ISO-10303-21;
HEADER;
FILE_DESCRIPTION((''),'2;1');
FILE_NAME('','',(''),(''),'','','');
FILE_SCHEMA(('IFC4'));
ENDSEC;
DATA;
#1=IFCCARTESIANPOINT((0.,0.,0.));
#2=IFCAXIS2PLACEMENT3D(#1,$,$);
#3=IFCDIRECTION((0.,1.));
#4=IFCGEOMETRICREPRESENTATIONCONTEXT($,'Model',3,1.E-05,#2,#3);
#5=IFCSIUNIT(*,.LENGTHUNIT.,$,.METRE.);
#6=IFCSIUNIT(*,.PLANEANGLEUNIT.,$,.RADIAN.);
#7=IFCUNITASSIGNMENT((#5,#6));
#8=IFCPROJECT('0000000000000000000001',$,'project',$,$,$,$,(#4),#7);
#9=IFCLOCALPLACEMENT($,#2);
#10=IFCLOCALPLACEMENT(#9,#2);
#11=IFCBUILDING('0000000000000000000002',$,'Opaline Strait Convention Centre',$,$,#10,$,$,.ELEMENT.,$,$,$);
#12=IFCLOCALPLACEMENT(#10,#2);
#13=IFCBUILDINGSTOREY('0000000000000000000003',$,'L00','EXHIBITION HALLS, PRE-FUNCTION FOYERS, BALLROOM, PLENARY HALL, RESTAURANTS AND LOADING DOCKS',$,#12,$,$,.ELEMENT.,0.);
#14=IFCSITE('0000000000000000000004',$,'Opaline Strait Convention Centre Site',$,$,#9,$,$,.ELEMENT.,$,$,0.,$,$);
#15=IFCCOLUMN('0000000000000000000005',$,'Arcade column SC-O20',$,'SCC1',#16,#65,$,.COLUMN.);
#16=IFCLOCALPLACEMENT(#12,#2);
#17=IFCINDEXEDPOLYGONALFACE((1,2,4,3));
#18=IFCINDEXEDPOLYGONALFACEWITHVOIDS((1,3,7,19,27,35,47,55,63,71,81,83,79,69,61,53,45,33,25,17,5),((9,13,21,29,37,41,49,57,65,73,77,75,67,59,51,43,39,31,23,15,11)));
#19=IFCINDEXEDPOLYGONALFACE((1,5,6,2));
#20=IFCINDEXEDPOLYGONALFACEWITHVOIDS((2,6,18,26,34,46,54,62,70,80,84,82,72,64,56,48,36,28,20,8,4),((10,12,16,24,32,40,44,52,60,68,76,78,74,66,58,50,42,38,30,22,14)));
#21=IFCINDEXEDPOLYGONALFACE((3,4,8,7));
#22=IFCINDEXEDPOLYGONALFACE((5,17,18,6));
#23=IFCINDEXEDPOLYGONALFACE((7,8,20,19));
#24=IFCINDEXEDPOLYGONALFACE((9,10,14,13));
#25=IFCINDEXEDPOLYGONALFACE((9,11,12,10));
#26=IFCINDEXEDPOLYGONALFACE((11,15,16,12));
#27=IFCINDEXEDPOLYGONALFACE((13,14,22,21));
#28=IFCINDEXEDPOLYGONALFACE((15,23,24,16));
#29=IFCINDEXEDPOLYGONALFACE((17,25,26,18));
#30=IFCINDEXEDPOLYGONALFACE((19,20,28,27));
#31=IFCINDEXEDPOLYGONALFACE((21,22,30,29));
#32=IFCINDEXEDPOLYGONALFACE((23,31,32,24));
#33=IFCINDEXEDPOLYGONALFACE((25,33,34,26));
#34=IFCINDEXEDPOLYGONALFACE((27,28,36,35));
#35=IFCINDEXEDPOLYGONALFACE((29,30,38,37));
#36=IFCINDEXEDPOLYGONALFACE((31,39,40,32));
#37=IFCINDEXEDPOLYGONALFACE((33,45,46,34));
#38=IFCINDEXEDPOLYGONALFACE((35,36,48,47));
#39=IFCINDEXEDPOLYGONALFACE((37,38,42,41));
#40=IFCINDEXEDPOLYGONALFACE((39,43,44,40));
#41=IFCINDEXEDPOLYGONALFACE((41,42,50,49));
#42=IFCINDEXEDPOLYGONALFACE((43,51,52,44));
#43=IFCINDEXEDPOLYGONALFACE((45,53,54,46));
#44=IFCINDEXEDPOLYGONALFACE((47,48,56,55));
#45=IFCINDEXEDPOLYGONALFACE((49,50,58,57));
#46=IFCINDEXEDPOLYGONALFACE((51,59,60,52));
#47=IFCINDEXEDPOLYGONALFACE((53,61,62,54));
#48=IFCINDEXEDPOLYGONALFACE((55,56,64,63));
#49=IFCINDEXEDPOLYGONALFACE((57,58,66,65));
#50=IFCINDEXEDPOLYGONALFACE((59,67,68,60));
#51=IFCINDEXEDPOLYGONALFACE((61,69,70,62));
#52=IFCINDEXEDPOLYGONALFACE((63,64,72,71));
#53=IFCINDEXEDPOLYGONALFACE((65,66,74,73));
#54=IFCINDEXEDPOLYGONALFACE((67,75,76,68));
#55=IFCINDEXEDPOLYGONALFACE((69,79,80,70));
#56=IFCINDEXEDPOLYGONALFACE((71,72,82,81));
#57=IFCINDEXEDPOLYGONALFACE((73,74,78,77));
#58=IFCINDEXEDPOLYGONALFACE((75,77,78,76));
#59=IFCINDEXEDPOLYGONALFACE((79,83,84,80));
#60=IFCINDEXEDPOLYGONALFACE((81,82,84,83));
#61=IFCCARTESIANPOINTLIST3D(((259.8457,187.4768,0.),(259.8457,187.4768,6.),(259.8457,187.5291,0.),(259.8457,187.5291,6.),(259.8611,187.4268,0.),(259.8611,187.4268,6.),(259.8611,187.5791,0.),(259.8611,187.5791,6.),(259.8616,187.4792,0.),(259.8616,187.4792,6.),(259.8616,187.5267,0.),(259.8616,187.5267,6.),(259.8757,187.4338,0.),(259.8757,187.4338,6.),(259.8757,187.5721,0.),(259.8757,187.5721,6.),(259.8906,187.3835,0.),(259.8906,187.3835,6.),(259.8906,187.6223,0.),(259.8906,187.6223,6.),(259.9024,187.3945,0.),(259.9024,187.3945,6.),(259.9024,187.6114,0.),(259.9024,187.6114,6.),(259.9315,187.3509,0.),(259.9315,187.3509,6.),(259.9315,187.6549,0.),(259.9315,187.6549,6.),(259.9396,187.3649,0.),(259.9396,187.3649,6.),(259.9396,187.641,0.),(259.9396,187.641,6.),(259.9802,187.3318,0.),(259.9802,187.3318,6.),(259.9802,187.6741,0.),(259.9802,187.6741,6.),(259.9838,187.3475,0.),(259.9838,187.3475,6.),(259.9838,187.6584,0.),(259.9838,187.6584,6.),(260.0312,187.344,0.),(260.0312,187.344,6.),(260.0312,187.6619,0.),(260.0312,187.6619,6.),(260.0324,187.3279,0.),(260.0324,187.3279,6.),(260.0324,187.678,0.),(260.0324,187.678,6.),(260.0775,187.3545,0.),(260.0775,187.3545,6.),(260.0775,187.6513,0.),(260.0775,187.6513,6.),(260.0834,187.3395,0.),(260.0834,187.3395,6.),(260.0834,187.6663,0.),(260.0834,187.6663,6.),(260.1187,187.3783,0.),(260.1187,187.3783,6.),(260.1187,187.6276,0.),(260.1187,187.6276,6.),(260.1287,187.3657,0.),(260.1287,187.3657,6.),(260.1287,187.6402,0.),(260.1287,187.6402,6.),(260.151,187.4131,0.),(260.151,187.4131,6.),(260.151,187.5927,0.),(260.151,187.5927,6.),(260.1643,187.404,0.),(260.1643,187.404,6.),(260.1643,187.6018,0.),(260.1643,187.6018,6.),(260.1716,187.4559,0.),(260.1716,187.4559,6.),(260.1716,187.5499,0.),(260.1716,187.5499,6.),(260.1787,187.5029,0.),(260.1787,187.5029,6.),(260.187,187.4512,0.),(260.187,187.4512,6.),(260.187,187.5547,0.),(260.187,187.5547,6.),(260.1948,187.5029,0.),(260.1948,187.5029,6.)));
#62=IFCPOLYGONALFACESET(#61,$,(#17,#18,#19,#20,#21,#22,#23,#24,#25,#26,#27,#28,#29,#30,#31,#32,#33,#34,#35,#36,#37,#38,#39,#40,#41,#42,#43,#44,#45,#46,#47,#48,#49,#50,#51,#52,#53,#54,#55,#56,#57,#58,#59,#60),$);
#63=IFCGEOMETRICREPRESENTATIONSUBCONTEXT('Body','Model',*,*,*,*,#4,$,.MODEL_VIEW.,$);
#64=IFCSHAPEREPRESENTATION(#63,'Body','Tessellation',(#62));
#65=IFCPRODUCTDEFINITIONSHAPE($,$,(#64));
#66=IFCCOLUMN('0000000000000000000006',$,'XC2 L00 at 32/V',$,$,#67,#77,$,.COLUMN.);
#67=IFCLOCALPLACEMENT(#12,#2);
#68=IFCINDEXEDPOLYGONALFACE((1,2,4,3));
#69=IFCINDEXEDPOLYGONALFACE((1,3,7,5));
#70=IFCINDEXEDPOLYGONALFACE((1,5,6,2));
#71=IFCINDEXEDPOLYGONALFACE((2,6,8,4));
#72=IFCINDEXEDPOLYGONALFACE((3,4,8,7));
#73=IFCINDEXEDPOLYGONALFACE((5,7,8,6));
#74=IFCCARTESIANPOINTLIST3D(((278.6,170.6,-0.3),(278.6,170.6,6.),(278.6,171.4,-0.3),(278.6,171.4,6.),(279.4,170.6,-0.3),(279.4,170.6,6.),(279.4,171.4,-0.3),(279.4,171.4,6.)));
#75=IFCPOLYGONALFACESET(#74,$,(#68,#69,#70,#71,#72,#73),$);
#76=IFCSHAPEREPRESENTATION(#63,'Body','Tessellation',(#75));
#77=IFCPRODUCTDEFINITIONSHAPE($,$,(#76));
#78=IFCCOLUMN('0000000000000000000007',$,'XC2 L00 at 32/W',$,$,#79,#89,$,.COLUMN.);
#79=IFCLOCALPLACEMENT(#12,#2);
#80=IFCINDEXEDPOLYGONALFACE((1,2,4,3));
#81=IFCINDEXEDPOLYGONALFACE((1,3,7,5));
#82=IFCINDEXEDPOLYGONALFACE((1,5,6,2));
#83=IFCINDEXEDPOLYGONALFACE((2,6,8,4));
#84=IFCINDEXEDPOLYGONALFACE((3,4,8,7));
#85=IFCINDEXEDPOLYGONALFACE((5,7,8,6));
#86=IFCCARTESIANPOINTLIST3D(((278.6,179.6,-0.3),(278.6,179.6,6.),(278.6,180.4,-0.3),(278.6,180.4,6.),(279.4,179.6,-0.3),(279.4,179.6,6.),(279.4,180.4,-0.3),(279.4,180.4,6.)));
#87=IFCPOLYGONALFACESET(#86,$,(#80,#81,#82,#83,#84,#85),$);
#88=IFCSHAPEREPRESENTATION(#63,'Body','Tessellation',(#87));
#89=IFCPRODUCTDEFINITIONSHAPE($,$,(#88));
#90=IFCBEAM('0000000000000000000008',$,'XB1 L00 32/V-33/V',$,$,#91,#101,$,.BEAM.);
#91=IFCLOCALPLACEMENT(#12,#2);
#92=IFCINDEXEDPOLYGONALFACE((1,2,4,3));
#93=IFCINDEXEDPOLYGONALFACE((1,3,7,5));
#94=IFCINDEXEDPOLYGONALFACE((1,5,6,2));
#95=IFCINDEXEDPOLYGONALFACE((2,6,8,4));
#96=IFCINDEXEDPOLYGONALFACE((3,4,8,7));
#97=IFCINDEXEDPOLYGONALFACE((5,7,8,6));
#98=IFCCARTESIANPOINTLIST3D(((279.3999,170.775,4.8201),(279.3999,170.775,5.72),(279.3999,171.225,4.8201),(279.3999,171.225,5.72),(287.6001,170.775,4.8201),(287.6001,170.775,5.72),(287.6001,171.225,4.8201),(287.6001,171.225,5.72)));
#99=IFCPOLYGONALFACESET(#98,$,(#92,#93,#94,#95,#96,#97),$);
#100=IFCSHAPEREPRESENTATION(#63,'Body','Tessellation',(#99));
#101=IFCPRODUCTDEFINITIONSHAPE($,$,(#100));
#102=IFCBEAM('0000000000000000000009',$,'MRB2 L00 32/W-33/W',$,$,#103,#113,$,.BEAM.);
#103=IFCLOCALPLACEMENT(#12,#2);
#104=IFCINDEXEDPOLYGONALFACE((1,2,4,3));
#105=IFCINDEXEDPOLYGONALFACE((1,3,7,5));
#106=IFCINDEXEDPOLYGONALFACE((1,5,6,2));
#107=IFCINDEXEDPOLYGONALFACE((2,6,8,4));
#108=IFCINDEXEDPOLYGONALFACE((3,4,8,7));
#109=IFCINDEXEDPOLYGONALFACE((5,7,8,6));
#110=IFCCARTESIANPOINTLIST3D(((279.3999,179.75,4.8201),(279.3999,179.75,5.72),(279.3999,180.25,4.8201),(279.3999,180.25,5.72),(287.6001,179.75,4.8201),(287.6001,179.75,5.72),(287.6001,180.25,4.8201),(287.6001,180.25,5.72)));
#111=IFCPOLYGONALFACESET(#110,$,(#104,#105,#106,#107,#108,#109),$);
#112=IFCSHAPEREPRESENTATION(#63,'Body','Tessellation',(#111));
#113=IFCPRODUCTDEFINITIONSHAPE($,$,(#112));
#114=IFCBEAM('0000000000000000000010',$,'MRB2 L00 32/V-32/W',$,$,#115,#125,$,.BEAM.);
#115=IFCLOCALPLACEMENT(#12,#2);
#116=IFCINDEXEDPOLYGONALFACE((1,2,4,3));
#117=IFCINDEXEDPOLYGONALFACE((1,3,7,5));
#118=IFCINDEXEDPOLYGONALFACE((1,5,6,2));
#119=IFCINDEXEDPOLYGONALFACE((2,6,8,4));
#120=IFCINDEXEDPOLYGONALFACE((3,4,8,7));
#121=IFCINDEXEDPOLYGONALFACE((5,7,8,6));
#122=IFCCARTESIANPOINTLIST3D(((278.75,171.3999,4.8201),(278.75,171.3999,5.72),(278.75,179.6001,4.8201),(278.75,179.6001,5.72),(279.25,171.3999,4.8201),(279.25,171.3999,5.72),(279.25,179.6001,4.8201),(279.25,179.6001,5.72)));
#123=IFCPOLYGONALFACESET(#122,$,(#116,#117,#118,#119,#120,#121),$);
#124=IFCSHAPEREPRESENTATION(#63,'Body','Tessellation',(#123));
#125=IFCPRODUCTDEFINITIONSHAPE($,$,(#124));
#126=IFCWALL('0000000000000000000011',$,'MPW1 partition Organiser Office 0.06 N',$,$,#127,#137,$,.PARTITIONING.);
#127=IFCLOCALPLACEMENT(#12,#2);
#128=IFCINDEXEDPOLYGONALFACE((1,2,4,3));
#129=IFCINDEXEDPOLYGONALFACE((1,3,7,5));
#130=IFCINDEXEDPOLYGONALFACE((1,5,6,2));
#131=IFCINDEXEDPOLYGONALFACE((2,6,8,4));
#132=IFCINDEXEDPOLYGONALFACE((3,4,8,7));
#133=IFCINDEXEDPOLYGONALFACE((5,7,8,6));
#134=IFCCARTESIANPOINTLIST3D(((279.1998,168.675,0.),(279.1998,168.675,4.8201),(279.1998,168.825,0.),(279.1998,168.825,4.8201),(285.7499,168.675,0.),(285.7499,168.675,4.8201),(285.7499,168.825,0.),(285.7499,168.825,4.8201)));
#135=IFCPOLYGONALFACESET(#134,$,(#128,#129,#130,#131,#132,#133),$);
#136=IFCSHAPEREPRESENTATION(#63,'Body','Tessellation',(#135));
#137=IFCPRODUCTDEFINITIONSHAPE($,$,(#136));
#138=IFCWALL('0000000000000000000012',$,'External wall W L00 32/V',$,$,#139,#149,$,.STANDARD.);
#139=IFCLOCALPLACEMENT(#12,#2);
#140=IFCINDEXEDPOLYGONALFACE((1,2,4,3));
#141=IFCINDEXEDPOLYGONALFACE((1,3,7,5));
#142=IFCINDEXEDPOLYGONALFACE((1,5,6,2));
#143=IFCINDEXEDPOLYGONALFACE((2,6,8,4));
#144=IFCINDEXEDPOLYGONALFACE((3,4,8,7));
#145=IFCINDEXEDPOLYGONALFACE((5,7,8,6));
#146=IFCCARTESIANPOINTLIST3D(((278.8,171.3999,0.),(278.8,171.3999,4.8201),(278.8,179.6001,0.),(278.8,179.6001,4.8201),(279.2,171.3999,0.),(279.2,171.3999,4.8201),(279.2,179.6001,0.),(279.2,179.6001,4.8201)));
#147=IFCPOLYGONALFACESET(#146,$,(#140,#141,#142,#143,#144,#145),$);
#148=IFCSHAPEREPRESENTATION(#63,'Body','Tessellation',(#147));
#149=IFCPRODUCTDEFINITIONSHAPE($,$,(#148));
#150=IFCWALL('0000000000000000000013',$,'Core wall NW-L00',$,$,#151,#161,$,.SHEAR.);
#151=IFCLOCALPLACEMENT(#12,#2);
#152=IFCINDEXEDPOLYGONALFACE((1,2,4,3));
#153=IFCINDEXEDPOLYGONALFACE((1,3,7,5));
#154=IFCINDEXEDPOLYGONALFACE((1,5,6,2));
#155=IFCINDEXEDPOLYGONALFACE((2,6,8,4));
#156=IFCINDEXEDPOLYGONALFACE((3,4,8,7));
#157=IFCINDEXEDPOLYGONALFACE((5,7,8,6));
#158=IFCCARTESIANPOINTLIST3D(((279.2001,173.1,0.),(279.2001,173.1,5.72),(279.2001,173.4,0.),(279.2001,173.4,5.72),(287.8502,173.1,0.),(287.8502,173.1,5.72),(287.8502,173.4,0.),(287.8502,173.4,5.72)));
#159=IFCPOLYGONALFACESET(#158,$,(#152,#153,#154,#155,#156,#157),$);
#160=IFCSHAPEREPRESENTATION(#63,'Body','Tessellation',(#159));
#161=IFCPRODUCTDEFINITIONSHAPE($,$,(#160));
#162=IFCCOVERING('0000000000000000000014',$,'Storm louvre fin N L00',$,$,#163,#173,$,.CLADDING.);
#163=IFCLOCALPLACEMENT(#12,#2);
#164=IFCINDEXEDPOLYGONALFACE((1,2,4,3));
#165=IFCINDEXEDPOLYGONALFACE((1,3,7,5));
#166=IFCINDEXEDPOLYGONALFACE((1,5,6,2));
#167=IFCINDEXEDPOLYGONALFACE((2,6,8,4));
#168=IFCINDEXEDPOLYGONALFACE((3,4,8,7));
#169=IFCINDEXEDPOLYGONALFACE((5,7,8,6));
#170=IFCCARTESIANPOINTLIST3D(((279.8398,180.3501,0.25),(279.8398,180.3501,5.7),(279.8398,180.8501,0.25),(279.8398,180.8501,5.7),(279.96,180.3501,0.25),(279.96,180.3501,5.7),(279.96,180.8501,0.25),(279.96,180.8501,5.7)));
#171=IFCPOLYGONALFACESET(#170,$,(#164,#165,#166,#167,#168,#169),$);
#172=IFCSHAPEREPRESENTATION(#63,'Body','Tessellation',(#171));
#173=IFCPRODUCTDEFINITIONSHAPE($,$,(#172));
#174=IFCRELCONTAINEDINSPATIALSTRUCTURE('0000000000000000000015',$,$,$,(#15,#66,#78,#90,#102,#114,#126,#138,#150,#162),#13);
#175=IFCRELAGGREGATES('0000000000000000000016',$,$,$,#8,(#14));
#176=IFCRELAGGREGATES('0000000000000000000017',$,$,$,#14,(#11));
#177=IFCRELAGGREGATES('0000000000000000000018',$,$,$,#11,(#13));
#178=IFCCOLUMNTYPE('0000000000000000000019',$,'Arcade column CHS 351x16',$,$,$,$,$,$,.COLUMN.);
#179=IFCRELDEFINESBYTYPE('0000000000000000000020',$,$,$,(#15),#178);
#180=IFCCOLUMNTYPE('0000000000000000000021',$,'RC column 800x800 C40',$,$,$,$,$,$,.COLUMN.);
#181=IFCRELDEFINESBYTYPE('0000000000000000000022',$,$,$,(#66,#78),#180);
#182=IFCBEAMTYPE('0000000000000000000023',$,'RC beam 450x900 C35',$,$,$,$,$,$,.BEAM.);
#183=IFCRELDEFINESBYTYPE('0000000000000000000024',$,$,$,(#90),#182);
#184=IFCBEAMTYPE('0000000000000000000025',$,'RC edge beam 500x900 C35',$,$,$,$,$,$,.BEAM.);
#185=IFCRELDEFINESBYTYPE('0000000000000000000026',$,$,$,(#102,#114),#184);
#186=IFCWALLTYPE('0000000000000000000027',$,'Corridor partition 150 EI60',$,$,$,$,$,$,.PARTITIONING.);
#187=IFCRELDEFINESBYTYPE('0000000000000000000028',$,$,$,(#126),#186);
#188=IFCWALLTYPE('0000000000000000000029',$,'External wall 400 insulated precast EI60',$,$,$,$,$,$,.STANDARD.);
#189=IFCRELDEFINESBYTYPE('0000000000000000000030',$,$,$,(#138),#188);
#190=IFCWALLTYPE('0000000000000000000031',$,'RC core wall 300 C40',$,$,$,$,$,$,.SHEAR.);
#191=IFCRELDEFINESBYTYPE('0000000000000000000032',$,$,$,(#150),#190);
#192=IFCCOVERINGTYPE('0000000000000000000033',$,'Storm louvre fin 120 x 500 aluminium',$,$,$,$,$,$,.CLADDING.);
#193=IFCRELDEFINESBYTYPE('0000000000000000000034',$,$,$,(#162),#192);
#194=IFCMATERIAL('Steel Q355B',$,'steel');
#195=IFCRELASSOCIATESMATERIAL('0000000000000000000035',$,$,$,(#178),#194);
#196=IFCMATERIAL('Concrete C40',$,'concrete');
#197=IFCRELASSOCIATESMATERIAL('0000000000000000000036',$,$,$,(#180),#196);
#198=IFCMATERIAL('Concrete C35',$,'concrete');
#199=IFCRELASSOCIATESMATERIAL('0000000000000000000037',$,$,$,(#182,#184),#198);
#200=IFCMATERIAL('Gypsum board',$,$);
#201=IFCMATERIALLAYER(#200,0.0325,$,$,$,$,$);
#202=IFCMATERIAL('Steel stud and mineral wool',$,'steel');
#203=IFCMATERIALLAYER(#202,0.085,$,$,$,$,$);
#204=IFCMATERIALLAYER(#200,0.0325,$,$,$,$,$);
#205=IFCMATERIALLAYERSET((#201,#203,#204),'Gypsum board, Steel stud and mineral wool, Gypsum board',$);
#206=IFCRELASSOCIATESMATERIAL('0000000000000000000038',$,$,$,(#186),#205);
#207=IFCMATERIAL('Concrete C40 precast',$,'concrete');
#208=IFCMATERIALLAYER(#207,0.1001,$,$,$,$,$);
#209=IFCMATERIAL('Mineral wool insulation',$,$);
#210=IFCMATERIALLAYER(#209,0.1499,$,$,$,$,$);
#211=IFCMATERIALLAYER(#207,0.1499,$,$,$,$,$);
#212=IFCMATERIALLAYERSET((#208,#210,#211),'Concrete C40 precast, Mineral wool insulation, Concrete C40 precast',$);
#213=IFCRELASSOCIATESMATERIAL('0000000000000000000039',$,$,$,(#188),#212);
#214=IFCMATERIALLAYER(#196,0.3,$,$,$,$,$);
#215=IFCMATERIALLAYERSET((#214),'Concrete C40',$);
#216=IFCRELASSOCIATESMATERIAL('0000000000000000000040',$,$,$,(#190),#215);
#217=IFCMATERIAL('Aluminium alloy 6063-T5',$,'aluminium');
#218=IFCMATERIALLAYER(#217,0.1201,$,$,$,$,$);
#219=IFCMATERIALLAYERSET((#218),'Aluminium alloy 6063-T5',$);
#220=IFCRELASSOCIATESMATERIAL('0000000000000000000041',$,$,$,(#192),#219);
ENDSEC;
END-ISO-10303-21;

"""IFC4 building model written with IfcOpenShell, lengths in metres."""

from ifc_helpers import new_model, si_unit, direction, frame, frame_2d, origin, origin_2d, place, context, subcontext, project, spatial, rectangle, hollow_circle, extrude, material, layer, layer_set, material_profile, profile_set, type_object, element, save


model = new_model("IFC4")

# Units and contexts
model_context = context("Model", 3, precision=1e-05, world=origin(), true_north=direction((0.0, 1.0)))
body_context = subcontext(model_context, "Body", "Model", "MODEL_VIEW")
ifc_project = project(units=[si_unit("LENGTHUNIT", "METRE"), si_unit("PLANEANGLEUNIT", "RADIAN")], contexts=[model_context])

# Site, building, storey
site_placement = place(None, origin())
site = spatial("IfcSite", under=ifc_project, at=site_placement, Name="Opaline Strait Convention Centre Site", CompositionType="ELEMENT", RefElevation=0.0)
building_placement = place(site_placement, origin())
building = spatial("IfcBuilding", under=site, at=building_placement, Name="Opaline Strait Convention Centre", CompositionType="ELEMENT")
storey_placement = place(building_placement, origin())
storey = spatial("IfcBuildingStorey", under=building, at=storey_placement, Name="L00", Description="EXHIBITION HALLS, PRE-FUNCTION FOYERS, BALLROOM, PLENARY HALL, RESTAURANTS AND LOADING DOCKS", CompositionType="ELEMENT", Elevation=0.0)

# Shared definitions
ifc_material_1 = material(Name="Concrete C35", Category="concrete")

# Columns
ifc_material_2 = material(Name="Steel Q355B", Category="steel")
ifc_material_profile_1 = material_profile(ifc_material_2, hollow_circle(Radius=0.1755, WallThickness=0.0161, at=origin_2d()), Name="CHS 351x16")
ifc_profile_set_1 = profile_set([ifc_material_profile_1], Name="Steel Q355B")
column_type_1 = type_object("IfcColumnType", Name="Arcade column CHS 351x16", PredefinedType="COLUMN", material=ifc_profile_set_1)
for number, where, z_axis, x_axis, name in (
    (1, (260.0193, 187.5029, 0.0), (0.0, 0.0, 1.0), (1.0, 0.0, 0.0), "Arcade column SC-O20"),
):
    element("IfcColumn", number, at=place(storey_placement, frame(where, z_axis=z_axis, x_axis=x_axis)), inside=storey, type_object=column_type_1, Name=name, ObjectType="SCC1", PredefinedType="COLUMN", context=body_context, shape_type="SweptSolid", body=[
        extrude(hollow_circle(Radius=0.1755, WallThickness=0.0161, at=origin_2d()), origin(), (0.0, 0.0, 1.0), 6.0),
    ])
ifc_material_3 = material(Name="Concrete C40", Category="concrete")
ifc_material_profile_2 = material_profile(ifc_material_3, rectangle(XDim=0.8, YDim=0.8, at=origin_2d()), Name="RC 800x800")
ifc_profile_set_2 = profile_set([ifc_material_profile_2], Name="Concrete C40")
column_type_2 = type_object("IfcColumnType", Name="RC column 800x800 C40", PredefinedType="COLUMN", material=ifc_profile_set_2)
for number, where, z_axis, x_axis, name in (
    (2, (279.0, 171.0, -0.3), (0.0, 0.0, 1.0), (1.0, 0.0, 0.0), "XC2 L00 at 32/V"),
    (3, (279.0, 180.0, -0.3), (0.0, 0.0, 1.0), (1.0, 0.0, 0.0), "XC2 L00 at 32/W"),
):
    element("IfcColumn", number, at=place(storey_placement, frame(where, z_axis=z_axis, x_axis=x_axis)), inside=storey, type_object=column_type_2, Name=name, PredefinedType="COLUMN", context=body_context, shape_type="SweptSolid", body=[
        extrude(rectangle(XDim=0.8, YDim=0.8, at=origin_2d()), origin(), (0.0, 0.0, 1.0), 6.3),
    ])

# Beams
ifc_material_profile_3 = material_profile(ifc_material_1, rectangle(XDim=0.45, YDim=0.8999, at=origin_2d()), Name="RC 450x900")
ifc_profile_set_3 = profile_set([ifc_material_profile_3], Name="Concrete C35")
beam_type_1 = type_object("IfcBeamType", Name="RC beam 450x900 C35", PredefinedType="BEAM", material=ifc_profile_set_3)
beam_placement = place(storey_placement, frame((279.3999, 171.0, 5.27), z_axis=(1.0, 0.0, 0.0), x_axis=(0.0, 1.0, 0.0)))
element("IfcBeam", 4, at=beam_placement, inside=storey, type_object=beam_type_1, Name="XB1 L00 32/V-33/V", PredefinedType="BEAM", context=body_context, shape_type="SweptSolid", body=[
    extrude(rectangle(XDim=0.45, YDim=0.8999, at=origin_2d()), origin(), (0.0, 0.0, 1.0), 8.2002),
])
ifc_material_profile_4 = material_profile(ifc_material_1, rectangle(XDim=0.5, YDim=0.8999, at=origin_2d()), Name="RC 500x900")
ifc_profile_set_4 = profile_set([ifc_material_profile_4], Name="Concrete C35")
beam_type_2 = type_object("IfcBeamType", Name="RC edge beam 500x900 C35", PredefinedType="BEAM", material=ifc_profile_set_4)
for number, where, z_axis, x_axis, name in (
    (5, (279.3999, 180.0, 5.27), (1.0, 0.0, 0.0), (0.0, 1.0, 0.0), "MRB2 L00 32/W-33/W"),
    (6, (279.0, 171.3999, 5.27), (0.0, 1.0, 0.0), (-1.0, 0.0, 0.0), "MRB2 L00 32/V-32/W"),
):
    element("IfcBeam", number, at=place(storey_placement, frame(where, z_axis=z_axis, x_axis=x_axis)), inside=storey, type_object=beam_type_2, Name=name, PredefinedType="BEAM", context=body_context, shape_type="SweptSolid", body=[
        extrude(rectangle(XDim=0.5, YDim=0.8999, at=origin_2d()), origin(), (0.0, 0.0, 1.0), 8.2002),
    ])

# Wall
ifc_material_4 = material(Name="Gypsum board")
ifc_layer_1 = layer(ifc_material_4, 0.0325)
ifc_material_5 = material(Name="Steel stud and mineral wool", Category="steel")
ifc_layer_2 = layer(ifc_material_5, 0.085)
ifc_layer_3 = layer(ifc_material_4, 0.0325)
ifc_layer_set_1 = layer_set([ifc_layer_1, ifc_layer_2, ifc_layer_3], Name="Gypsum board, Steel stud and mineral wool, Gypsum board")
wall_type_1 = type_object("IfcWallType", Name="Corridor partition 150 EI60", PredefinedType="PARTITIONING", material=ifc_layer_set_1)
wall_1_placement = place(storey_placement, frame((279.2, 168.75, 0.0), z_axis=(0.0, 0.0, 1.0), x_axis=(1.0, 0.0, 0.0)))
element("IfcWall", 7, at=wall_1_placement, inside=storey, type_object=wall_type_1, Name="MPW1 partition Organiser Office 0.06 N", PredefinedType="PARTITIONING", context=body_context, shape_type="SweptSolid", body=[
    extrude(rectangle(XDim=6.55, YDim=0.1499, at=frame_2d((3.2749, 0.0))), origin(), (0.0, 0.0, 1.0), 4.8201),
])

# Shared definitions
ifc_material_6 = material(Name="Concrete C40 precast", Category="concrete")
ifc_layer_4 = layer(ifc_material_6, 0.1001)
ifc_material_7 = material(Name="Mineral wool insulation")
ifc_layer_5 = layer(ifc_material_7, 0.1499)
ifc_layer_6 = layer(ifc_material_6, 0.1499)
ifc_layer_set_2 = layer_set([ifc_layer_4, ifc_layer_5, ifc_layer_6], Name="Concrete C40 precast, Mineral wool insulation, Concrete C40 precast")
wall_type_2 = type_object("IfcWallType", Name="External wall 400 insulated precast EI60", PredefinedType="STANDARD", material=ifc_layer_set_2)

# Walls
wall_2_placement = place(storey_placement, frame((279.0, 171.3999, 0.0), z_axis=(0.0, 0.0, 1.0), x_axis=(0.0, 1.0, 0.0)))
element("IfcWall", 8, at=wall_2_placement, inside=storey, type_object=wall_type_2, Name="External wall W L00 32/V", PredefinedType="STANDARD", context=body_context, shape_type="SweptSolid", body=[
    extrude(rectangle(XDim=8.2002, YDim=0.3999, at=frame_2d((4.1001, 0.0))), origin(), (0.0, 0.0, 1.0), 4.8201),
])
ifc_layer_7 = layer(ifc_material_3, 0.3)
ifc_layer_set_3 = layer_set([ifc_layer_7], Name="Concrete C40")
wall_type_3 = type_object("IfcWallType", Name="RC core wall 300 C40", PredefinedType="SHEAR", material=ifc_layer_set_3)
wall_3_placement = place(storey_placement, frame((279.2, 173.25, 0.0), z_axis=(0.0, 0.0, 1.0), x_axis=(1.0, 0.0, 0.0)))
element("IfcWall", 9, at=wall_3_placement, inside=storey, type_object=wall_type_3, Name="Core wall NW-L00", PredefinedType="SHEAR", context=body_context, shape_type="SweptSolid", body=[
    extrude(rectangle(XDim=8.6501, YDim=0.3, at=frame_2d((4.3252, 0.0))), origin(), (0.0, 0.0, 1.0), 5.72),
])

# Covering
ifc_material_8 = material(Name="Aluminium alloy 6063-T5", Category="aluminium")
ifc_layer_8 = layer(ifc_material_8, 0.1201)
ifc_layer_set_4 = layer_set([ifc_layer_8], Name="Aluminium alloy 6063-T5")
covering_type = type_object("IfcCoveringType", Name="Storm louvre fin 120 x 500 aluminium", PredefinedType="CLADDING", material=ifc_layer_set_4)
covering_placement = place(storey_placement, frame((279.8999, 180.6001, 0.25), z_axis=(0.0, 0.0, 1.0), x_axis=(1.0, 0.0, 0.0)))
element("IfcCovering", 10, at=covering_placement, inside=storey, type_object=covering_type, Name="Storm louvre fin N L00", PredefinedType="CLADDING", context=body_context, shape_type="SweptSolid", body=[
    extrude(rectangle(XDim=0.1201, YDim=0.5, at=origin_2d()), origin(), (0.0, 0.0, 1.0), 5.45),
])

save(model, "model.ifc")
